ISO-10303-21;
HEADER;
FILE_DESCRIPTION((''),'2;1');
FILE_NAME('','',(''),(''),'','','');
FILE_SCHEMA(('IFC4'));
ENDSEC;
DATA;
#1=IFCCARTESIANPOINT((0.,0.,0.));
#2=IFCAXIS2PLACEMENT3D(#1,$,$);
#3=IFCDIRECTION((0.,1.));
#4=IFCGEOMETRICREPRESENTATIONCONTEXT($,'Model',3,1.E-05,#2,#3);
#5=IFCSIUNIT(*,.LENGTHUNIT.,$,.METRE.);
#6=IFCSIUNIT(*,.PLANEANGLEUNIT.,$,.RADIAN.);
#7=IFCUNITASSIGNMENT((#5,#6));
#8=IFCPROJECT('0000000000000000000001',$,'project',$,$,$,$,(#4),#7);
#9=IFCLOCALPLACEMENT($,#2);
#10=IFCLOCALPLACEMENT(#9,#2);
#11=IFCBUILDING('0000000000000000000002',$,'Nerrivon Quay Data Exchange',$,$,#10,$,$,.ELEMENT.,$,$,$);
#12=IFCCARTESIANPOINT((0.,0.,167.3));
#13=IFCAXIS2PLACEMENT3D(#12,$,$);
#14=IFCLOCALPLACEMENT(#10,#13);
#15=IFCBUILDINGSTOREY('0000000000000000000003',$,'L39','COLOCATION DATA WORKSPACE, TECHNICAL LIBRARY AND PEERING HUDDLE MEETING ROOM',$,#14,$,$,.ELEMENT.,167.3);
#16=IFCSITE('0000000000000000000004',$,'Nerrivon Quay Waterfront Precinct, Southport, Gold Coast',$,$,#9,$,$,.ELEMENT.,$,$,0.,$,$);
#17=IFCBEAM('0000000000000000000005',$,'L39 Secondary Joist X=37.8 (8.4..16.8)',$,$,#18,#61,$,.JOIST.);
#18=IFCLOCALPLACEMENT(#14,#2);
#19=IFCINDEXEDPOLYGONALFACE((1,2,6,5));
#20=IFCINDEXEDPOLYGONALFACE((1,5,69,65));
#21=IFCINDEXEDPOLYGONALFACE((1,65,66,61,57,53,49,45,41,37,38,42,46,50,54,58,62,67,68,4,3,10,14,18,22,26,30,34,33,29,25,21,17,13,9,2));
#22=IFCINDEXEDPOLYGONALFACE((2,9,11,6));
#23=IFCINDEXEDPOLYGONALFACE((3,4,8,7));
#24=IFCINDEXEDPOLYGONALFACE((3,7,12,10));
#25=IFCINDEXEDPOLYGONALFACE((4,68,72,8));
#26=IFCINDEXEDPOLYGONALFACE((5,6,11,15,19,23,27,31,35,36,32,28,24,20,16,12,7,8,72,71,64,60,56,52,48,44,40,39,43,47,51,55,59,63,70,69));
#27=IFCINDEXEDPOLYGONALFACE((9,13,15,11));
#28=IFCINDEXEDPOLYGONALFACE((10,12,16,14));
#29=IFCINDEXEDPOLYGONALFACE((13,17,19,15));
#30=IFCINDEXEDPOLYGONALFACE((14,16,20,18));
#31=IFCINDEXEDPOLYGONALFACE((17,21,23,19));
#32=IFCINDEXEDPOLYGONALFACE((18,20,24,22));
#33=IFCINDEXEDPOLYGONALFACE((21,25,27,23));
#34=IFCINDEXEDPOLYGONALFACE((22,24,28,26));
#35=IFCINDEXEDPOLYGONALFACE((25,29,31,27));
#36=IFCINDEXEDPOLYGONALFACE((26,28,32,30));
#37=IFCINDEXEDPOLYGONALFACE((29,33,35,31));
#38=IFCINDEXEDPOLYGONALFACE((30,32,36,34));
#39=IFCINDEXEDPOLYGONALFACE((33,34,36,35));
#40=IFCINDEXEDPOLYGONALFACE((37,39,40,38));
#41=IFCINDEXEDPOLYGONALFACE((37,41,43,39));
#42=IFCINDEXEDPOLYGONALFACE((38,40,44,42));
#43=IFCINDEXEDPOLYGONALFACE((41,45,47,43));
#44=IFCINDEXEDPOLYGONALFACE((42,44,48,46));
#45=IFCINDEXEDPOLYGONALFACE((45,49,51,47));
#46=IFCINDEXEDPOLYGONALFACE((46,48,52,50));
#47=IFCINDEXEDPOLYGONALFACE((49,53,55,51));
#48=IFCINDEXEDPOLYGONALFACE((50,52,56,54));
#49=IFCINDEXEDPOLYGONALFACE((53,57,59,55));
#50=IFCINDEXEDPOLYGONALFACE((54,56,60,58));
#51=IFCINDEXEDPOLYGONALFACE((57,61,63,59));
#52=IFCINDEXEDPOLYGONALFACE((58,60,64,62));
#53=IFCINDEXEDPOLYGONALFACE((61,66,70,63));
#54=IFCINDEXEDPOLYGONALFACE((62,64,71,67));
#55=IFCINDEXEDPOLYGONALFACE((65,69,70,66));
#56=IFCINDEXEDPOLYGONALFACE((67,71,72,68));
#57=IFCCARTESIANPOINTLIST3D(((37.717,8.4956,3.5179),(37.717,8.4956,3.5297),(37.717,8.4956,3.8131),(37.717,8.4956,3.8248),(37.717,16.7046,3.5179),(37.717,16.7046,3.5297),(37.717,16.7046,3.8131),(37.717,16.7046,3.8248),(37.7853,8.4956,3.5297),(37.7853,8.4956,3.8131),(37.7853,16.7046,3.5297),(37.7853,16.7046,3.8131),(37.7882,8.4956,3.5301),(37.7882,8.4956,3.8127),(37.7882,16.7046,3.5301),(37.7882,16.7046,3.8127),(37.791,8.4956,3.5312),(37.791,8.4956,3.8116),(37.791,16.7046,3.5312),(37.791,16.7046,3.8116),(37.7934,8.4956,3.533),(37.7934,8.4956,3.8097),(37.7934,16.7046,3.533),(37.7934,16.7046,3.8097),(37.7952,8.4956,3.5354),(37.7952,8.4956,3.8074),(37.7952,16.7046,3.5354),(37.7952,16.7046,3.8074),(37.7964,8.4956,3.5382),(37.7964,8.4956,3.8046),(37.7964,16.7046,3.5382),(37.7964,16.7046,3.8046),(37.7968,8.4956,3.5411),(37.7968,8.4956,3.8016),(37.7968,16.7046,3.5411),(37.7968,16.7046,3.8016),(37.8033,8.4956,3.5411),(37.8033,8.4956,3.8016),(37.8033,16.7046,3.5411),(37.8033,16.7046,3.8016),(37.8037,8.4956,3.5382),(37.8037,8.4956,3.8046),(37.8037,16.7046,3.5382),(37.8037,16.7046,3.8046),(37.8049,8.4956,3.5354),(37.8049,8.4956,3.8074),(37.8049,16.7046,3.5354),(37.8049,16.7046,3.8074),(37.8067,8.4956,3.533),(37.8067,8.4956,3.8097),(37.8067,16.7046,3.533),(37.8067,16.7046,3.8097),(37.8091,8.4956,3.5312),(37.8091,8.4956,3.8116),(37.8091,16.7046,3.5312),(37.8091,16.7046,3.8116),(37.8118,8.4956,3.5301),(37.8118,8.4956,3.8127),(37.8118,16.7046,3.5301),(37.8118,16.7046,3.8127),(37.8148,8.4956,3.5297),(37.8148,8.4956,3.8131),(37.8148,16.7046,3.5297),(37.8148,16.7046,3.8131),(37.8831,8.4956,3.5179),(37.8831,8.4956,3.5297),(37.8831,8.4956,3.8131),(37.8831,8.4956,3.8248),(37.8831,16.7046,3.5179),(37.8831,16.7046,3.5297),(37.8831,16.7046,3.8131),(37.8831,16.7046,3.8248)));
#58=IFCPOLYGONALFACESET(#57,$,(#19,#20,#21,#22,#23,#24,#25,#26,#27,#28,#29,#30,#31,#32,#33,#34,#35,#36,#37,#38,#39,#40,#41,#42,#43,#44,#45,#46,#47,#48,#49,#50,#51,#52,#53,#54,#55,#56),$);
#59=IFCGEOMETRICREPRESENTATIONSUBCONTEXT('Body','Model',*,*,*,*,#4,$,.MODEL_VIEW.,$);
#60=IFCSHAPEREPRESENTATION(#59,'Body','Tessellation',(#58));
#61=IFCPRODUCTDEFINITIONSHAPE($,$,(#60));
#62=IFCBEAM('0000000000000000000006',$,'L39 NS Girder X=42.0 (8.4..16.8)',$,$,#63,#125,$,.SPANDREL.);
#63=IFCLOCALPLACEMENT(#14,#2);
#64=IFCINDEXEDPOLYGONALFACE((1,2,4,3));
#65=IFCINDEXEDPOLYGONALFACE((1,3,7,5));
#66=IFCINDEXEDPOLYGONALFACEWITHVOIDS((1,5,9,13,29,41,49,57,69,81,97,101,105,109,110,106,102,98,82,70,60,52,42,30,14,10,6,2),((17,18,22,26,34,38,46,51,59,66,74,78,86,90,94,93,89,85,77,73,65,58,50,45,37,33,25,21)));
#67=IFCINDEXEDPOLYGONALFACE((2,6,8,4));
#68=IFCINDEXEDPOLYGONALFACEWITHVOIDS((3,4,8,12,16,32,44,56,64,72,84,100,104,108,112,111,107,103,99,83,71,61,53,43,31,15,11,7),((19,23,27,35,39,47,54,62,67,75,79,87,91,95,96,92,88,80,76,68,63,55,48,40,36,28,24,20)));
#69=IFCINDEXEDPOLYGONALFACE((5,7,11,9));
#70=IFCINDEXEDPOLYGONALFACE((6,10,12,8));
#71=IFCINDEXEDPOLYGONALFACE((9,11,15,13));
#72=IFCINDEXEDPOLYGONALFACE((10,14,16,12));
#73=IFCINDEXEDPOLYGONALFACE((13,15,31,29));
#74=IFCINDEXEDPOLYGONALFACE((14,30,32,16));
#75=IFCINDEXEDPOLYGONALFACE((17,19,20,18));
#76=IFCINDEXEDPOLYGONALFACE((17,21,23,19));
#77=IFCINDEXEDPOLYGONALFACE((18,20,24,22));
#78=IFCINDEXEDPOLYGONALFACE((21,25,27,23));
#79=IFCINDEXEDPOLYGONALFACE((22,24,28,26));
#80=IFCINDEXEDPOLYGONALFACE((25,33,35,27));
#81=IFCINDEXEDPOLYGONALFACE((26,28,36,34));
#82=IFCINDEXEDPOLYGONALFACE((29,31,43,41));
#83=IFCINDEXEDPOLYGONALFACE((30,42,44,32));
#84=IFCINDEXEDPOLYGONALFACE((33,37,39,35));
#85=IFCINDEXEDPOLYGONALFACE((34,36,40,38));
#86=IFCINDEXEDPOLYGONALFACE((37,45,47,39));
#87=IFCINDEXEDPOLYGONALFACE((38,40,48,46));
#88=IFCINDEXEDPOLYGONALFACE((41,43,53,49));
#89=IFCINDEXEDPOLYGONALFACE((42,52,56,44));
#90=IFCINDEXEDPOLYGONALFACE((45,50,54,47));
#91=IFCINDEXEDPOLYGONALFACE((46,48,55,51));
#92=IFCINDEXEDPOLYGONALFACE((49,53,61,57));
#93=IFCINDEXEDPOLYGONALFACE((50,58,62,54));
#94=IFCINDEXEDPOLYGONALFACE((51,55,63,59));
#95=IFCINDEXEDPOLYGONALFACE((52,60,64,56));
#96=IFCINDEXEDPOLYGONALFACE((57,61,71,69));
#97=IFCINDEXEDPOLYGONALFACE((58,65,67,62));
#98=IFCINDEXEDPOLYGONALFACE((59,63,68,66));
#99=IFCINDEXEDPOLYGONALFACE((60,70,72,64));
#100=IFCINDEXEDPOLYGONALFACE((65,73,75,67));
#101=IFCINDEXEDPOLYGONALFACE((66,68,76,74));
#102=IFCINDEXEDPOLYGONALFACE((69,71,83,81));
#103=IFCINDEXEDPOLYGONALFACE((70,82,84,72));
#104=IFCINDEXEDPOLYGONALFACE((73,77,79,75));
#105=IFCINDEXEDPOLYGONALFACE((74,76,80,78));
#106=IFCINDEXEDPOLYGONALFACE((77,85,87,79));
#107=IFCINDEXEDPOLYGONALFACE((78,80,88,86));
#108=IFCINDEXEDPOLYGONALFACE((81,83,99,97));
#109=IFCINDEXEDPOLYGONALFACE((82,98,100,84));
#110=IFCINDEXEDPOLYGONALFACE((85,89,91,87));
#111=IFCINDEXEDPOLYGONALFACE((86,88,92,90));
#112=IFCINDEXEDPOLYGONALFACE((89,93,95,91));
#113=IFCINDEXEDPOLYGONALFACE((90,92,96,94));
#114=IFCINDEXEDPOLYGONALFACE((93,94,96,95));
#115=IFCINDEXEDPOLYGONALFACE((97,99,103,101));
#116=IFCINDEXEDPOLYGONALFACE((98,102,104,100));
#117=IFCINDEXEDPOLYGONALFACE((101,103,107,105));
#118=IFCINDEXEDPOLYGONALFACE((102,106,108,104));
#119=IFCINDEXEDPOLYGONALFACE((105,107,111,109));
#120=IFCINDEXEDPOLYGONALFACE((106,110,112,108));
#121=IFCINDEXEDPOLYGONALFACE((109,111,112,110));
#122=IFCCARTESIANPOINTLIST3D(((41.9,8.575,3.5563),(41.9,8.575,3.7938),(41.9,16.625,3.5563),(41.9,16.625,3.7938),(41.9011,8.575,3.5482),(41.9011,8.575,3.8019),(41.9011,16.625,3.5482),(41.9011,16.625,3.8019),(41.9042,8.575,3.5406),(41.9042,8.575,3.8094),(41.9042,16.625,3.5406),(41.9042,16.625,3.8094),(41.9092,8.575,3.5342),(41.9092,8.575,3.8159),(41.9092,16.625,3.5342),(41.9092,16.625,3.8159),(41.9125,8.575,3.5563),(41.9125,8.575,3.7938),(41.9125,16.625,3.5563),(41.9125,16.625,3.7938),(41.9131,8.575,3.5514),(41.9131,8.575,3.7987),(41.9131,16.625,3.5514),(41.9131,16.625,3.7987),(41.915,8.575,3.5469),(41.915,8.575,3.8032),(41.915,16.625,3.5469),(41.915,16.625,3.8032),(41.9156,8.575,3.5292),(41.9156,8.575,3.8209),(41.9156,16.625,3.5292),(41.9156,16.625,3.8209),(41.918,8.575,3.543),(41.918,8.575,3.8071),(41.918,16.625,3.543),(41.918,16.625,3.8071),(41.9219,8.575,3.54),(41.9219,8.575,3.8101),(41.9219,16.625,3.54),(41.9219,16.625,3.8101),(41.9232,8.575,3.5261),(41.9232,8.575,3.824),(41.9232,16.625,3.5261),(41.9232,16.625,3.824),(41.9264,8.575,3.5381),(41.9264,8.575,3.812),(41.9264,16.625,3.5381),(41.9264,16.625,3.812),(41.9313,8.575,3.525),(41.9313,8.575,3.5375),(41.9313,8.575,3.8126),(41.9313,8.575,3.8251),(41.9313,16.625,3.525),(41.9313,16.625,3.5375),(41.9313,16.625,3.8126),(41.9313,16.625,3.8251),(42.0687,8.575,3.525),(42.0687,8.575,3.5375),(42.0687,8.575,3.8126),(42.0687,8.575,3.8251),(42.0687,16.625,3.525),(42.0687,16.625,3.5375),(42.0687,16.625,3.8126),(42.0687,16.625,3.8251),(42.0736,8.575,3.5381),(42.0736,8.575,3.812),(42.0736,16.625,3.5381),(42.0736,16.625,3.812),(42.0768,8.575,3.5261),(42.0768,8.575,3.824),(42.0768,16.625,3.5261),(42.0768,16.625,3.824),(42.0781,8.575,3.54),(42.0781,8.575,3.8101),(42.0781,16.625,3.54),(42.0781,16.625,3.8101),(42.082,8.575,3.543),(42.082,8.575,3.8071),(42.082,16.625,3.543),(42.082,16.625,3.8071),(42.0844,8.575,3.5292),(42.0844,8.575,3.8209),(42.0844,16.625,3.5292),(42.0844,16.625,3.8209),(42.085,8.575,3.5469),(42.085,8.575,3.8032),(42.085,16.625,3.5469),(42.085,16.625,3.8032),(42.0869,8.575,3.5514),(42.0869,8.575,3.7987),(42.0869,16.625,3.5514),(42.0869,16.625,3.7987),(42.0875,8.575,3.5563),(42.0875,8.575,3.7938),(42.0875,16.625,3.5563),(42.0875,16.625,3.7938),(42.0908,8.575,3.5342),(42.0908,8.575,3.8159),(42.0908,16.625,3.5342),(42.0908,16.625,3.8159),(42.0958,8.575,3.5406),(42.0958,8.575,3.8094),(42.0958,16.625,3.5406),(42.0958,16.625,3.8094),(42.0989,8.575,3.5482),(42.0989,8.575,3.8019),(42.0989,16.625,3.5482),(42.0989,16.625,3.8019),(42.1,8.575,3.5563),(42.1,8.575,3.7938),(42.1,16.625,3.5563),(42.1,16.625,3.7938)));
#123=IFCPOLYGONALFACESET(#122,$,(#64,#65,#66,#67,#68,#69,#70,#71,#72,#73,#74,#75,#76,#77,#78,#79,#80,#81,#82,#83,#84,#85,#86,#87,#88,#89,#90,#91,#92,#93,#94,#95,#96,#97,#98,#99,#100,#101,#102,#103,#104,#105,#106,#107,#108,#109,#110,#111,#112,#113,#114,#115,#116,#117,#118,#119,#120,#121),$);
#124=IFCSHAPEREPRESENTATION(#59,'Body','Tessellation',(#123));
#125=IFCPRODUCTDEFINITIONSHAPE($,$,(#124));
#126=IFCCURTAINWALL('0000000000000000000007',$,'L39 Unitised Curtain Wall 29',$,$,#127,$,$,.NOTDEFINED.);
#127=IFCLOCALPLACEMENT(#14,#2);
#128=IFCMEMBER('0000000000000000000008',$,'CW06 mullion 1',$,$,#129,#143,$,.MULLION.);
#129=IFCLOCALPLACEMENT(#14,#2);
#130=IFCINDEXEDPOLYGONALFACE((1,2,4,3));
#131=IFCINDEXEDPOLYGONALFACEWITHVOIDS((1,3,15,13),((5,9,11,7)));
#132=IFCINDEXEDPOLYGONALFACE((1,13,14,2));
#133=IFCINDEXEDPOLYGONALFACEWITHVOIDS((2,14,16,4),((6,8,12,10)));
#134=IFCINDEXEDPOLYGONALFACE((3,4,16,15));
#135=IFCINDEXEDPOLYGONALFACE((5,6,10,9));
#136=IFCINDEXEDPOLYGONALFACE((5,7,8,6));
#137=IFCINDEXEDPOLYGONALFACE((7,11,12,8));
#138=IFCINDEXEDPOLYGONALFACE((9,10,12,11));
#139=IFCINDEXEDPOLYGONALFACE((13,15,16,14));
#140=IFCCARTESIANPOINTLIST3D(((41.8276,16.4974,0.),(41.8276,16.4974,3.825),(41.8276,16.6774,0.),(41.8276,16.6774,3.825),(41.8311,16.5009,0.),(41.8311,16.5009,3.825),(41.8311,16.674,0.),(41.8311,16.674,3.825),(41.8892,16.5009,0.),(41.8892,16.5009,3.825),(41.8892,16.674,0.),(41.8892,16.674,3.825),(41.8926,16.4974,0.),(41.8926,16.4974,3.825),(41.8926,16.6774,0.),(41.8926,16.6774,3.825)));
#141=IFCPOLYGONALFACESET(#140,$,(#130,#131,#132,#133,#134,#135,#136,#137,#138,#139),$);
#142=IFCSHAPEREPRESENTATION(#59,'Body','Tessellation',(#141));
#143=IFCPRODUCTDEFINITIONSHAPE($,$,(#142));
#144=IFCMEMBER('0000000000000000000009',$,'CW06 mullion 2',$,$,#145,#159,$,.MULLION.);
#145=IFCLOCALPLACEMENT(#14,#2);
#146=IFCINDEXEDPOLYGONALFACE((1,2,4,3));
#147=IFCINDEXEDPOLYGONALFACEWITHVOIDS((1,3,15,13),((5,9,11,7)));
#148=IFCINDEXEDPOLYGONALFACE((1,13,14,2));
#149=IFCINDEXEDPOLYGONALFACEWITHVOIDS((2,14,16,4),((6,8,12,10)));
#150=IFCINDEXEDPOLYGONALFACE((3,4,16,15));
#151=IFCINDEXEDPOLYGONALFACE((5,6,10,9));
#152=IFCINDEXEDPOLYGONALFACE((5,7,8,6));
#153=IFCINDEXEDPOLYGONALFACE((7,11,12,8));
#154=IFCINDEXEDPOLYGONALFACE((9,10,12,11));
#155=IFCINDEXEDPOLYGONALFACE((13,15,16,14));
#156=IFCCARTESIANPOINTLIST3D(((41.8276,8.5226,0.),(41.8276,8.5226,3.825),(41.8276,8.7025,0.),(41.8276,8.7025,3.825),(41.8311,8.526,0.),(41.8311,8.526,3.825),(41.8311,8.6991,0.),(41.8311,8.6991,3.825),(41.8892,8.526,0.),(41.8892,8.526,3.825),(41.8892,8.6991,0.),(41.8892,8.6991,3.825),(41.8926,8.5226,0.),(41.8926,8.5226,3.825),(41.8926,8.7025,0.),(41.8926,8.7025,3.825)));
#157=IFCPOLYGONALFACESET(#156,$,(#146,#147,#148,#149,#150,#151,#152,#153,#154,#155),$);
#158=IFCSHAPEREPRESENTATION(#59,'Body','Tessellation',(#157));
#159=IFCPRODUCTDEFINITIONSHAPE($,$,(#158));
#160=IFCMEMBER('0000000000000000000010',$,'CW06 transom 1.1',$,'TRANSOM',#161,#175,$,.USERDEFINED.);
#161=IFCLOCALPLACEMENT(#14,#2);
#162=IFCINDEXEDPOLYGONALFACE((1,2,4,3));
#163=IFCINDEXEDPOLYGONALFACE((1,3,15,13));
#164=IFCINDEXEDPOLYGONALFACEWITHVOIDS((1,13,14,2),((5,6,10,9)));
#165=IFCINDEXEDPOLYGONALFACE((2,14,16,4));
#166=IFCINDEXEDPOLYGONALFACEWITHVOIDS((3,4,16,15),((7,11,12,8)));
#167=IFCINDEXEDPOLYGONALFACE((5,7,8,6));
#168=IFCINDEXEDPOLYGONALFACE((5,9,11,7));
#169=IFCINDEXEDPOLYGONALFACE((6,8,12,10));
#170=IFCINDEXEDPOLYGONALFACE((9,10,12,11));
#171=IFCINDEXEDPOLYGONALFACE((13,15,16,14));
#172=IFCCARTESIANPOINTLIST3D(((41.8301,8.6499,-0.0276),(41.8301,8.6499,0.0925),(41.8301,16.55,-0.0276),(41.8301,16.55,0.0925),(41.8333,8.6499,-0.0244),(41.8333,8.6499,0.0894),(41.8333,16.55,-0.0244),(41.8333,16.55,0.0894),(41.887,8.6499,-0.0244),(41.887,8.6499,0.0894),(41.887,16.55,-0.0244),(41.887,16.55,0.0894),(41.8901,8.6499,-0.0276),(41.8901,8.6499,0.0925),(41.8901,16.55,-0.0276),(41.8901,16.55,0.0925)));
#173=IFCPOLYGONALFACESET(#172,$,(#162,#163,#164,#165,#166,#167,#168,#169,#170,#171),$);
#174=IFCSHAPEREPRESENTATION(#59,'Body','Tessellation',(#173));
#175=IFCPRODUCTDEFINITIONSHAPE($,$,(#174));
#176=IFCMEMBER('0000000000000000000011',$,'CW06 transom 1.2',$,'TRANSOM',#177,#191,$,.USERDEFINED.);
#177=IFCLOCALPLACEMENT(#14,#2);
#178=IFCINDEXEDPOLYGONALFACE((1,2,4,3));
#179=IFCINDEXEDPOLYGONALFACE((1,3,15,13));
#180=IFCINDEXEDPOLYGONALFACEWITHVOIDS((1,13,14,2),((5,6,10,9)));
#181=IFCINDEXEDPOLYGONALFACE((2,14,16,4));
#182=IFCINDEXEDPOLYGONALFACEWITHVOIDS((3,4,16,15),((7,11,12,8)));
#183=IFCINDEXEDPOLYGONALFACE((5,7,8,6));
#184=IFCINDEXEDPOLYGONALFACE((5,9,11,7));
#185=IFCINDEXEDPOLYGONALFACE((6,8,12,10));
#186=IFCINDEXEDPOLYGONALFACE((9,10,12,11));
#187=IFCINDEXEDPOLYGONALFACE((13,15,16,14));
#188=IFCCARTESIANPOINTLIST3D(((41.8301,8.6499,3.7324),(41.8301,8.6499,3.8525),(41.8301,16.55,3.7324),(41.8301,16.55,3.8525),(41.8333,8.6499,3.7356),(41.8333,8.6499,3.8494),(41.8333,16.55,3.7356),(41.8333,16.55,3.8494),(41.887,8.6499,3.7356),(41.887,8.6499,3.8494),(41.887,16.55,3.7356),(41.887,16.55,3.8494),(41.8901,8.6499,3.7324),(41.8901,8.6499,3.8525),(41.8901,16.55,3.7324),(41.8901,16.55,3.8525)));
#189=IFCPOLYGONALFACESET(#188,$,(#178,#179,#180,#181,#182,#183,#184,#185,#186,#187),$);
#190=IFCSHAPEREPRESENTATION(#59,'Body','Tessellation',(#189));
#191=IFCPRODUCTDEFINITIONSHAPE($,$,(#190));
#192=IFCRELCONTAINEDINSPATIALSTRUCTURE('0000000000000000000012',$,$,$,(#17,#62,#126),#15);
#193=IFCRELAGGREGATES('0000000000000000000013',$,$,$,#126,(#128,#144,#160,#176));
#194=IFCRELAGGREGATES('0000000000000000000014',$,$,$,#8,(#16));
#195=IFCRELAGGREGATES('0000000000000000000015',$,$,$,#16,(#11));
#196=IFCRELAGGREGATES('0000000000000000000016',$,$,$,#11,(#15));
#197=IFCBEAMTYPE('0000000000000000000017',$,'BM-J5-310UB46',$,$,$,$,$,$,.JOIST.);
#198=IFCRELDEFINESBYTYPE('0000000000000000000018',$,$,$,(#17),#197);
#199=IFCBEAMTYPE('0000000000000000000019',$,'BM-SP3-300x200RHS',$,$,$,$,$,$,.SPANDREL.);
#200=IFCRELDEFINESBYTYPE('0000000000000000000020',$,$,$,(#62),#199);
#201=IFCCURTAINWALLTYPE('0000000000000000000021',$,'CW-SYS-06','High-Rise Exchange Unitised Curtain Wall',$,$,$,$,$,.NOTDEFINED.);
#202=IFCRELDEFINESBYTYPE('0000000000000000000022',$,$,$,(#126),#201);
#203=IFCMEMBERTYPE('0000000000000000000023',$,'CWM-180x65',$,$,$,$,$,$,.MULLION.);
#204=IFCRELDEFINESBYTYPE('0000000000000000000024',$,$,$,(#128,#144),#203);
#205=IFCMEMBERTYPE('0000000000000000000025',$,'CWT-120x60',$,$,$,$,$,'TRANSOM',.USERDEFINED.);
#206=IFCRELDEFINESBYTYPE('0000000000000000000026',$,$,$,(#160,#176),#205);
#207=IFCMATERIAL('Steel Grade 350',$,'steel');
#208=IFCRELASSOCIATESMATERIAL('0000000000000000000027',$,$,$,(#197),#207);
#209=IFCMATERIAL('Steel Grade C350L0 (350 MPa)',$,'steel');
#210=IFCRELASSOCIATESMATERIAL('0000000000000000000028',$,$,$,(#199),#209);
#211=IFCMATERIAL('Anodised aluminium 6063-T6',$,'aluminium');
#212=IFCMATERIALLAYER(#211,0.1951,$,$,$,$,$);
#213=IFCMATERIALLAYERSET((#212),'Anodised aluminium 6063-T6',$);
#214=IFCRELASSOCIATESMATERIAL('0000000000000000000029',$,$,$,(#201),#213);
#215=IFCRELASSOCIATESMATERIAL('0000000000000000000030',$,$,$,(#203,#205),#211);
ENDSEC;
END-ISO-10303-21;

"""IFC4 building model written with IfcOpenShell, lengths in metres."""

from ifc_helpers import new_model, si_unit, direction, frame, origin, origin_2d, place, context, subcontext, project, spatial, hollow_rectangle, i_section, extrude, material, layer, layer_set, material_profile, profile_set, type_object, element, aggregate, save


model = new_model("IFC4")

# Units and contexts
model_context = context("Model", 3, precision=1e-05, world=origin(), true_north=direction((0.0, 1.0)))
body_context = subcontext(model_context, "Body", "Model", "MODEL_VIEW")
ifc_project = project(units=[si_unit("LENGTHUNIT", "METRE"), si_unit("PLANEANGLEUNIT", "RADIAN")], contexts=[model_context])

# Site, building, storey
site_placement = place(None, origin())
site = spatial("IfcSite", under=ifc_project, at=site_placement, Name="Nerrivon Quay Waterfront Precinct, Southport, Gold Coast", CompositionType="ELEMENT", RefElevation=0.0)
building_placement = place(site_placement, origin())
building = spatial("IfcBuilding", under=site, at=building_placement, Name="Nerrivon Quay Data Exchange", CompositionType="ELEMENT")
storey_placement = place(building_placement, frame((0.0, 0.0, 167.3)))
storey = spatial("IfcBuildingStorey", under=building, at=storey_placement, Name="L39", Description="COLOCATION DATA WORKSPACE, TECHNICAL LIBRARY AND PEERING HUDDLE MEETING ROOM", CompositionType="ELEMENT", Elevation=167.3)

# Shared definitions
ifc_material_1 = material(Name="Steel Grade 350", Category="steel")

# Beams
ifc_material_profile_1 = material_profile(ifc_material_1, i_section(OverallWidth=0.166, OverallDepth=0.3069, WebThickness=0.0066, FlangeThickness=0.0117, FilletRadius=0.0115, at=origin_2d()), Name="310UB46.2")
ifc_profile_set_1 = profile_set([ifc_material_profile_1], Name="Steel Grade 350")
beam_type_1 = type_object("IfcBeamType", Name="BM-J5-310UB46", PredefinedType="JOIST", material=ifc_profile_set_1)
beam_1_placement = place(storey_placement, frame((37.8, 8.4956, 3.6714), z_axis=(0.0, 1.0, 0.0), x_axis=(-1.0, 0.0, 0.0)))
element("IfcBeam", 1, at=beam_1_placement, inside=storey, type_object=beam_type_1, Name="L39 Secondary Joist X=37.8 (8.4..16.8)", PredefinedType="JOIST", context=body_context, shape_type="SweptSolid", body=[
    extrude(i_section(OverallWidth=0.166, OverallDepth=0.3069, WebThickness=0.0066, FlangeThickness=0.0117, FilletRadius=0.0115, at=origin_2d()), origin(), (0.0, 0.0, 1.0), 8.209),
])
ifc_material_2 = material(Name="Steel Grade C350L0 (350 MPa)", Category="steel")
ifc_material_profile_2 = material_profile(ifc_material_2, hollow_rectangle(XDim=0.2, YDim=0.3, WallThickness=0.0125, InnerFilletRadius=0.0188, OuterFilletRadius=0.0312, at=origin_2d()), Name="300x200x12.5RHS")
ifc_profile_set_2 = profile_set([ifc_material_profile_2], Name="Steel Grade C350L0 (350 MPa)")
beam_type_2 = type_object("IfcBeamType", Name="BM-SP3-300x200RHS", PredefinedType="SPANDREL", material=ifc_profile_set_2)
beam_2_placement = place(storey_placement, frame((42.0, 8.575, 3.675), z_axis=(0.0, 1.0, 0.0), x_axis=(-1.0, 0.0, 0.0)))
element("IfcBeam", 2, at=beam_2_placement, inside=storey, type_object=beam_type_2, Name="L39 NS Girder X=42.0 (8.4..16.8)", PredefinedType="SPANDREL", context=body_context, shape_type="SweptSolid", body=[
    extrude(hollow_rectangle(XDim=0.2, YDim=0.3, WallThickness=0.0125, InnerFilletRadius=0.0188, OuterFilletRadius=0.0312, at=origin_2d()), origin(), (0.0, 0.0, 1.0), 8.05),
])

# Curtain wall, members
ifc_material_3 = material(Name="Anodised aluminium 6063-T6", Category="aluminium")
ifc_layer_1 = layer(ifc_material_3, 0.1951)
ifc_layer_set_1 = layer_set([ifc_layer_1], Name="Anodised aluminium 6063-T6")
curtain_wall_type = type_object("IfcCurtainWallType", Name="CW-SYS-06", Description="High-Rise Exchange Unitised Curtain Wall", PredefinedType="NOTDEFINED", material=ifc_layer_set_1)
curtain_wall_placement = place(storey_placement, origin())
curtain_wall = element("IfcCurtainWall", 3, at=curtain_wall_placement, inside=storey, type_object=curtain_wall_type, Name="L39 Unitised Curtain Wall 29", PredefinedType="NOTDEFINED")
ifc_material_profile_3 = material_profile(ifc_material_3, hollow_rectangle(XDim=0.0649, YDim=0.1799, WallThickness=0.0034, at=origin_2d()), Name="ALU-MULL-180x65")
ifc_profile_set_3 = profile_set([ifc_material_profile_3], Name="Anodised aluminium 6063-T6")
member_type_1 = type_object("IfcMemberType", Name="CWM-180x65", PredefinedType="MULLION", material=ifc_profile_set_3)
member_1_placement = place(storey_placement, frame((41.8601, 16.5874, 0.0), z_axis=(0.0, 0.0, 1.0), x_axis=(1.0, 0.0, 0.0)))
member_1 = element("IfcMember", 4, at=member_1_placement, type_object=member_type_1, Name="CW06 mullion 1", PredefinedType="MULLION", context=body_context, shape_type="SweptSolid", body=[
    extrude(hollow_rectangle(XDim=0.0649, YDim=0.1799, WallThickness=0.0034, at=origin_2d()), origin(), (0.0, 0.0, 1.0), 3.825),
])
member_2_placement = place(storey_placement, frame((41.8601, 8.6125, 0.0), z_axis=(0.0, 0.0, 1.0), x_axis=(1.0, 0.0, 0.0)))
member_2 = element("IfcMember", 5, at=member_2_placement, type_object=member_type_1, Name="CW06 mullion 2", PredefinedType="MULLION", context=body_context, shape_type="SweptSolid", body=[
    extrude(hollow_rectangle(XDim=0.0649, YDim=0.1799, WallThickness=0.0034, at=origin_2d()), origin(), (0.0, 0.0, 1.0), 3.825),
])
ifc_material_profile_4 = material_profile(ifc_material_3, hollow_rectangle(XDim=0.0601, YDim=0.1201, WallThickness=0.0032, at=origin_2d()), Name="ALU-TRAN-120x60")
ifc_profile_set_4 = profile_set([ifc_material_profile_4], Name="Anodised aluminium 6063-T6")
member_type_2 = type_object("IfcMemberType", Name="CWT-120x60", ElementType="TRANSOM", PredefinedType="USERDEFINED", material=ifc_profile_set_4)
member_3_placement = place(storey_placement, frame((41.8601, 16.55, 0.0325), z_axis=(0.0, -1.0, 0.0), x_axis=(1.0, 0.0, 0.0)))
member_3 = element("IfcMember", 6, at=member_3_placement, type_object=member_type_2, Name="CW06 transom 1.1", ObjectType="TRANSOM", PredefinedType="USERDEFINED", context=body_context, shape_type="SweptSolid", body=[
    extrude(hollow_rectangle(XDim=0.0601, YDim=0.1201, WallThickness=0.0032, at=origin_2d()), origin(), (0.0, 0.0, 1.0), 7.9001),
])
member_4_placement = place(storey_placement, frame((41.8601, 16.55, 3.7925), z_axis=(0.0, -1.0, 0.0), x_axis=(1.0, 0.0, 0.0)))
member_4 = element("IfcMember", 7, at=member_4_placement, type_object=member_type_2, Name="CW06 transom 1.2", ObjectType="TRANSOM", PredefinedType="USERDEFINED", context=body_context, shape_type="SweptSolid", body=[
    extrude(hollow_rectangle(XDim=0.0601, YDim=0.1201, WallThickness=0.0032, at=origin_2d()), origin(), (0.0, 0.0, 1.0), 7.9001),
])
aggregate(curtain_wall, [member_1, member_2, member_3, member_4])

save(model, "model.ifc")
